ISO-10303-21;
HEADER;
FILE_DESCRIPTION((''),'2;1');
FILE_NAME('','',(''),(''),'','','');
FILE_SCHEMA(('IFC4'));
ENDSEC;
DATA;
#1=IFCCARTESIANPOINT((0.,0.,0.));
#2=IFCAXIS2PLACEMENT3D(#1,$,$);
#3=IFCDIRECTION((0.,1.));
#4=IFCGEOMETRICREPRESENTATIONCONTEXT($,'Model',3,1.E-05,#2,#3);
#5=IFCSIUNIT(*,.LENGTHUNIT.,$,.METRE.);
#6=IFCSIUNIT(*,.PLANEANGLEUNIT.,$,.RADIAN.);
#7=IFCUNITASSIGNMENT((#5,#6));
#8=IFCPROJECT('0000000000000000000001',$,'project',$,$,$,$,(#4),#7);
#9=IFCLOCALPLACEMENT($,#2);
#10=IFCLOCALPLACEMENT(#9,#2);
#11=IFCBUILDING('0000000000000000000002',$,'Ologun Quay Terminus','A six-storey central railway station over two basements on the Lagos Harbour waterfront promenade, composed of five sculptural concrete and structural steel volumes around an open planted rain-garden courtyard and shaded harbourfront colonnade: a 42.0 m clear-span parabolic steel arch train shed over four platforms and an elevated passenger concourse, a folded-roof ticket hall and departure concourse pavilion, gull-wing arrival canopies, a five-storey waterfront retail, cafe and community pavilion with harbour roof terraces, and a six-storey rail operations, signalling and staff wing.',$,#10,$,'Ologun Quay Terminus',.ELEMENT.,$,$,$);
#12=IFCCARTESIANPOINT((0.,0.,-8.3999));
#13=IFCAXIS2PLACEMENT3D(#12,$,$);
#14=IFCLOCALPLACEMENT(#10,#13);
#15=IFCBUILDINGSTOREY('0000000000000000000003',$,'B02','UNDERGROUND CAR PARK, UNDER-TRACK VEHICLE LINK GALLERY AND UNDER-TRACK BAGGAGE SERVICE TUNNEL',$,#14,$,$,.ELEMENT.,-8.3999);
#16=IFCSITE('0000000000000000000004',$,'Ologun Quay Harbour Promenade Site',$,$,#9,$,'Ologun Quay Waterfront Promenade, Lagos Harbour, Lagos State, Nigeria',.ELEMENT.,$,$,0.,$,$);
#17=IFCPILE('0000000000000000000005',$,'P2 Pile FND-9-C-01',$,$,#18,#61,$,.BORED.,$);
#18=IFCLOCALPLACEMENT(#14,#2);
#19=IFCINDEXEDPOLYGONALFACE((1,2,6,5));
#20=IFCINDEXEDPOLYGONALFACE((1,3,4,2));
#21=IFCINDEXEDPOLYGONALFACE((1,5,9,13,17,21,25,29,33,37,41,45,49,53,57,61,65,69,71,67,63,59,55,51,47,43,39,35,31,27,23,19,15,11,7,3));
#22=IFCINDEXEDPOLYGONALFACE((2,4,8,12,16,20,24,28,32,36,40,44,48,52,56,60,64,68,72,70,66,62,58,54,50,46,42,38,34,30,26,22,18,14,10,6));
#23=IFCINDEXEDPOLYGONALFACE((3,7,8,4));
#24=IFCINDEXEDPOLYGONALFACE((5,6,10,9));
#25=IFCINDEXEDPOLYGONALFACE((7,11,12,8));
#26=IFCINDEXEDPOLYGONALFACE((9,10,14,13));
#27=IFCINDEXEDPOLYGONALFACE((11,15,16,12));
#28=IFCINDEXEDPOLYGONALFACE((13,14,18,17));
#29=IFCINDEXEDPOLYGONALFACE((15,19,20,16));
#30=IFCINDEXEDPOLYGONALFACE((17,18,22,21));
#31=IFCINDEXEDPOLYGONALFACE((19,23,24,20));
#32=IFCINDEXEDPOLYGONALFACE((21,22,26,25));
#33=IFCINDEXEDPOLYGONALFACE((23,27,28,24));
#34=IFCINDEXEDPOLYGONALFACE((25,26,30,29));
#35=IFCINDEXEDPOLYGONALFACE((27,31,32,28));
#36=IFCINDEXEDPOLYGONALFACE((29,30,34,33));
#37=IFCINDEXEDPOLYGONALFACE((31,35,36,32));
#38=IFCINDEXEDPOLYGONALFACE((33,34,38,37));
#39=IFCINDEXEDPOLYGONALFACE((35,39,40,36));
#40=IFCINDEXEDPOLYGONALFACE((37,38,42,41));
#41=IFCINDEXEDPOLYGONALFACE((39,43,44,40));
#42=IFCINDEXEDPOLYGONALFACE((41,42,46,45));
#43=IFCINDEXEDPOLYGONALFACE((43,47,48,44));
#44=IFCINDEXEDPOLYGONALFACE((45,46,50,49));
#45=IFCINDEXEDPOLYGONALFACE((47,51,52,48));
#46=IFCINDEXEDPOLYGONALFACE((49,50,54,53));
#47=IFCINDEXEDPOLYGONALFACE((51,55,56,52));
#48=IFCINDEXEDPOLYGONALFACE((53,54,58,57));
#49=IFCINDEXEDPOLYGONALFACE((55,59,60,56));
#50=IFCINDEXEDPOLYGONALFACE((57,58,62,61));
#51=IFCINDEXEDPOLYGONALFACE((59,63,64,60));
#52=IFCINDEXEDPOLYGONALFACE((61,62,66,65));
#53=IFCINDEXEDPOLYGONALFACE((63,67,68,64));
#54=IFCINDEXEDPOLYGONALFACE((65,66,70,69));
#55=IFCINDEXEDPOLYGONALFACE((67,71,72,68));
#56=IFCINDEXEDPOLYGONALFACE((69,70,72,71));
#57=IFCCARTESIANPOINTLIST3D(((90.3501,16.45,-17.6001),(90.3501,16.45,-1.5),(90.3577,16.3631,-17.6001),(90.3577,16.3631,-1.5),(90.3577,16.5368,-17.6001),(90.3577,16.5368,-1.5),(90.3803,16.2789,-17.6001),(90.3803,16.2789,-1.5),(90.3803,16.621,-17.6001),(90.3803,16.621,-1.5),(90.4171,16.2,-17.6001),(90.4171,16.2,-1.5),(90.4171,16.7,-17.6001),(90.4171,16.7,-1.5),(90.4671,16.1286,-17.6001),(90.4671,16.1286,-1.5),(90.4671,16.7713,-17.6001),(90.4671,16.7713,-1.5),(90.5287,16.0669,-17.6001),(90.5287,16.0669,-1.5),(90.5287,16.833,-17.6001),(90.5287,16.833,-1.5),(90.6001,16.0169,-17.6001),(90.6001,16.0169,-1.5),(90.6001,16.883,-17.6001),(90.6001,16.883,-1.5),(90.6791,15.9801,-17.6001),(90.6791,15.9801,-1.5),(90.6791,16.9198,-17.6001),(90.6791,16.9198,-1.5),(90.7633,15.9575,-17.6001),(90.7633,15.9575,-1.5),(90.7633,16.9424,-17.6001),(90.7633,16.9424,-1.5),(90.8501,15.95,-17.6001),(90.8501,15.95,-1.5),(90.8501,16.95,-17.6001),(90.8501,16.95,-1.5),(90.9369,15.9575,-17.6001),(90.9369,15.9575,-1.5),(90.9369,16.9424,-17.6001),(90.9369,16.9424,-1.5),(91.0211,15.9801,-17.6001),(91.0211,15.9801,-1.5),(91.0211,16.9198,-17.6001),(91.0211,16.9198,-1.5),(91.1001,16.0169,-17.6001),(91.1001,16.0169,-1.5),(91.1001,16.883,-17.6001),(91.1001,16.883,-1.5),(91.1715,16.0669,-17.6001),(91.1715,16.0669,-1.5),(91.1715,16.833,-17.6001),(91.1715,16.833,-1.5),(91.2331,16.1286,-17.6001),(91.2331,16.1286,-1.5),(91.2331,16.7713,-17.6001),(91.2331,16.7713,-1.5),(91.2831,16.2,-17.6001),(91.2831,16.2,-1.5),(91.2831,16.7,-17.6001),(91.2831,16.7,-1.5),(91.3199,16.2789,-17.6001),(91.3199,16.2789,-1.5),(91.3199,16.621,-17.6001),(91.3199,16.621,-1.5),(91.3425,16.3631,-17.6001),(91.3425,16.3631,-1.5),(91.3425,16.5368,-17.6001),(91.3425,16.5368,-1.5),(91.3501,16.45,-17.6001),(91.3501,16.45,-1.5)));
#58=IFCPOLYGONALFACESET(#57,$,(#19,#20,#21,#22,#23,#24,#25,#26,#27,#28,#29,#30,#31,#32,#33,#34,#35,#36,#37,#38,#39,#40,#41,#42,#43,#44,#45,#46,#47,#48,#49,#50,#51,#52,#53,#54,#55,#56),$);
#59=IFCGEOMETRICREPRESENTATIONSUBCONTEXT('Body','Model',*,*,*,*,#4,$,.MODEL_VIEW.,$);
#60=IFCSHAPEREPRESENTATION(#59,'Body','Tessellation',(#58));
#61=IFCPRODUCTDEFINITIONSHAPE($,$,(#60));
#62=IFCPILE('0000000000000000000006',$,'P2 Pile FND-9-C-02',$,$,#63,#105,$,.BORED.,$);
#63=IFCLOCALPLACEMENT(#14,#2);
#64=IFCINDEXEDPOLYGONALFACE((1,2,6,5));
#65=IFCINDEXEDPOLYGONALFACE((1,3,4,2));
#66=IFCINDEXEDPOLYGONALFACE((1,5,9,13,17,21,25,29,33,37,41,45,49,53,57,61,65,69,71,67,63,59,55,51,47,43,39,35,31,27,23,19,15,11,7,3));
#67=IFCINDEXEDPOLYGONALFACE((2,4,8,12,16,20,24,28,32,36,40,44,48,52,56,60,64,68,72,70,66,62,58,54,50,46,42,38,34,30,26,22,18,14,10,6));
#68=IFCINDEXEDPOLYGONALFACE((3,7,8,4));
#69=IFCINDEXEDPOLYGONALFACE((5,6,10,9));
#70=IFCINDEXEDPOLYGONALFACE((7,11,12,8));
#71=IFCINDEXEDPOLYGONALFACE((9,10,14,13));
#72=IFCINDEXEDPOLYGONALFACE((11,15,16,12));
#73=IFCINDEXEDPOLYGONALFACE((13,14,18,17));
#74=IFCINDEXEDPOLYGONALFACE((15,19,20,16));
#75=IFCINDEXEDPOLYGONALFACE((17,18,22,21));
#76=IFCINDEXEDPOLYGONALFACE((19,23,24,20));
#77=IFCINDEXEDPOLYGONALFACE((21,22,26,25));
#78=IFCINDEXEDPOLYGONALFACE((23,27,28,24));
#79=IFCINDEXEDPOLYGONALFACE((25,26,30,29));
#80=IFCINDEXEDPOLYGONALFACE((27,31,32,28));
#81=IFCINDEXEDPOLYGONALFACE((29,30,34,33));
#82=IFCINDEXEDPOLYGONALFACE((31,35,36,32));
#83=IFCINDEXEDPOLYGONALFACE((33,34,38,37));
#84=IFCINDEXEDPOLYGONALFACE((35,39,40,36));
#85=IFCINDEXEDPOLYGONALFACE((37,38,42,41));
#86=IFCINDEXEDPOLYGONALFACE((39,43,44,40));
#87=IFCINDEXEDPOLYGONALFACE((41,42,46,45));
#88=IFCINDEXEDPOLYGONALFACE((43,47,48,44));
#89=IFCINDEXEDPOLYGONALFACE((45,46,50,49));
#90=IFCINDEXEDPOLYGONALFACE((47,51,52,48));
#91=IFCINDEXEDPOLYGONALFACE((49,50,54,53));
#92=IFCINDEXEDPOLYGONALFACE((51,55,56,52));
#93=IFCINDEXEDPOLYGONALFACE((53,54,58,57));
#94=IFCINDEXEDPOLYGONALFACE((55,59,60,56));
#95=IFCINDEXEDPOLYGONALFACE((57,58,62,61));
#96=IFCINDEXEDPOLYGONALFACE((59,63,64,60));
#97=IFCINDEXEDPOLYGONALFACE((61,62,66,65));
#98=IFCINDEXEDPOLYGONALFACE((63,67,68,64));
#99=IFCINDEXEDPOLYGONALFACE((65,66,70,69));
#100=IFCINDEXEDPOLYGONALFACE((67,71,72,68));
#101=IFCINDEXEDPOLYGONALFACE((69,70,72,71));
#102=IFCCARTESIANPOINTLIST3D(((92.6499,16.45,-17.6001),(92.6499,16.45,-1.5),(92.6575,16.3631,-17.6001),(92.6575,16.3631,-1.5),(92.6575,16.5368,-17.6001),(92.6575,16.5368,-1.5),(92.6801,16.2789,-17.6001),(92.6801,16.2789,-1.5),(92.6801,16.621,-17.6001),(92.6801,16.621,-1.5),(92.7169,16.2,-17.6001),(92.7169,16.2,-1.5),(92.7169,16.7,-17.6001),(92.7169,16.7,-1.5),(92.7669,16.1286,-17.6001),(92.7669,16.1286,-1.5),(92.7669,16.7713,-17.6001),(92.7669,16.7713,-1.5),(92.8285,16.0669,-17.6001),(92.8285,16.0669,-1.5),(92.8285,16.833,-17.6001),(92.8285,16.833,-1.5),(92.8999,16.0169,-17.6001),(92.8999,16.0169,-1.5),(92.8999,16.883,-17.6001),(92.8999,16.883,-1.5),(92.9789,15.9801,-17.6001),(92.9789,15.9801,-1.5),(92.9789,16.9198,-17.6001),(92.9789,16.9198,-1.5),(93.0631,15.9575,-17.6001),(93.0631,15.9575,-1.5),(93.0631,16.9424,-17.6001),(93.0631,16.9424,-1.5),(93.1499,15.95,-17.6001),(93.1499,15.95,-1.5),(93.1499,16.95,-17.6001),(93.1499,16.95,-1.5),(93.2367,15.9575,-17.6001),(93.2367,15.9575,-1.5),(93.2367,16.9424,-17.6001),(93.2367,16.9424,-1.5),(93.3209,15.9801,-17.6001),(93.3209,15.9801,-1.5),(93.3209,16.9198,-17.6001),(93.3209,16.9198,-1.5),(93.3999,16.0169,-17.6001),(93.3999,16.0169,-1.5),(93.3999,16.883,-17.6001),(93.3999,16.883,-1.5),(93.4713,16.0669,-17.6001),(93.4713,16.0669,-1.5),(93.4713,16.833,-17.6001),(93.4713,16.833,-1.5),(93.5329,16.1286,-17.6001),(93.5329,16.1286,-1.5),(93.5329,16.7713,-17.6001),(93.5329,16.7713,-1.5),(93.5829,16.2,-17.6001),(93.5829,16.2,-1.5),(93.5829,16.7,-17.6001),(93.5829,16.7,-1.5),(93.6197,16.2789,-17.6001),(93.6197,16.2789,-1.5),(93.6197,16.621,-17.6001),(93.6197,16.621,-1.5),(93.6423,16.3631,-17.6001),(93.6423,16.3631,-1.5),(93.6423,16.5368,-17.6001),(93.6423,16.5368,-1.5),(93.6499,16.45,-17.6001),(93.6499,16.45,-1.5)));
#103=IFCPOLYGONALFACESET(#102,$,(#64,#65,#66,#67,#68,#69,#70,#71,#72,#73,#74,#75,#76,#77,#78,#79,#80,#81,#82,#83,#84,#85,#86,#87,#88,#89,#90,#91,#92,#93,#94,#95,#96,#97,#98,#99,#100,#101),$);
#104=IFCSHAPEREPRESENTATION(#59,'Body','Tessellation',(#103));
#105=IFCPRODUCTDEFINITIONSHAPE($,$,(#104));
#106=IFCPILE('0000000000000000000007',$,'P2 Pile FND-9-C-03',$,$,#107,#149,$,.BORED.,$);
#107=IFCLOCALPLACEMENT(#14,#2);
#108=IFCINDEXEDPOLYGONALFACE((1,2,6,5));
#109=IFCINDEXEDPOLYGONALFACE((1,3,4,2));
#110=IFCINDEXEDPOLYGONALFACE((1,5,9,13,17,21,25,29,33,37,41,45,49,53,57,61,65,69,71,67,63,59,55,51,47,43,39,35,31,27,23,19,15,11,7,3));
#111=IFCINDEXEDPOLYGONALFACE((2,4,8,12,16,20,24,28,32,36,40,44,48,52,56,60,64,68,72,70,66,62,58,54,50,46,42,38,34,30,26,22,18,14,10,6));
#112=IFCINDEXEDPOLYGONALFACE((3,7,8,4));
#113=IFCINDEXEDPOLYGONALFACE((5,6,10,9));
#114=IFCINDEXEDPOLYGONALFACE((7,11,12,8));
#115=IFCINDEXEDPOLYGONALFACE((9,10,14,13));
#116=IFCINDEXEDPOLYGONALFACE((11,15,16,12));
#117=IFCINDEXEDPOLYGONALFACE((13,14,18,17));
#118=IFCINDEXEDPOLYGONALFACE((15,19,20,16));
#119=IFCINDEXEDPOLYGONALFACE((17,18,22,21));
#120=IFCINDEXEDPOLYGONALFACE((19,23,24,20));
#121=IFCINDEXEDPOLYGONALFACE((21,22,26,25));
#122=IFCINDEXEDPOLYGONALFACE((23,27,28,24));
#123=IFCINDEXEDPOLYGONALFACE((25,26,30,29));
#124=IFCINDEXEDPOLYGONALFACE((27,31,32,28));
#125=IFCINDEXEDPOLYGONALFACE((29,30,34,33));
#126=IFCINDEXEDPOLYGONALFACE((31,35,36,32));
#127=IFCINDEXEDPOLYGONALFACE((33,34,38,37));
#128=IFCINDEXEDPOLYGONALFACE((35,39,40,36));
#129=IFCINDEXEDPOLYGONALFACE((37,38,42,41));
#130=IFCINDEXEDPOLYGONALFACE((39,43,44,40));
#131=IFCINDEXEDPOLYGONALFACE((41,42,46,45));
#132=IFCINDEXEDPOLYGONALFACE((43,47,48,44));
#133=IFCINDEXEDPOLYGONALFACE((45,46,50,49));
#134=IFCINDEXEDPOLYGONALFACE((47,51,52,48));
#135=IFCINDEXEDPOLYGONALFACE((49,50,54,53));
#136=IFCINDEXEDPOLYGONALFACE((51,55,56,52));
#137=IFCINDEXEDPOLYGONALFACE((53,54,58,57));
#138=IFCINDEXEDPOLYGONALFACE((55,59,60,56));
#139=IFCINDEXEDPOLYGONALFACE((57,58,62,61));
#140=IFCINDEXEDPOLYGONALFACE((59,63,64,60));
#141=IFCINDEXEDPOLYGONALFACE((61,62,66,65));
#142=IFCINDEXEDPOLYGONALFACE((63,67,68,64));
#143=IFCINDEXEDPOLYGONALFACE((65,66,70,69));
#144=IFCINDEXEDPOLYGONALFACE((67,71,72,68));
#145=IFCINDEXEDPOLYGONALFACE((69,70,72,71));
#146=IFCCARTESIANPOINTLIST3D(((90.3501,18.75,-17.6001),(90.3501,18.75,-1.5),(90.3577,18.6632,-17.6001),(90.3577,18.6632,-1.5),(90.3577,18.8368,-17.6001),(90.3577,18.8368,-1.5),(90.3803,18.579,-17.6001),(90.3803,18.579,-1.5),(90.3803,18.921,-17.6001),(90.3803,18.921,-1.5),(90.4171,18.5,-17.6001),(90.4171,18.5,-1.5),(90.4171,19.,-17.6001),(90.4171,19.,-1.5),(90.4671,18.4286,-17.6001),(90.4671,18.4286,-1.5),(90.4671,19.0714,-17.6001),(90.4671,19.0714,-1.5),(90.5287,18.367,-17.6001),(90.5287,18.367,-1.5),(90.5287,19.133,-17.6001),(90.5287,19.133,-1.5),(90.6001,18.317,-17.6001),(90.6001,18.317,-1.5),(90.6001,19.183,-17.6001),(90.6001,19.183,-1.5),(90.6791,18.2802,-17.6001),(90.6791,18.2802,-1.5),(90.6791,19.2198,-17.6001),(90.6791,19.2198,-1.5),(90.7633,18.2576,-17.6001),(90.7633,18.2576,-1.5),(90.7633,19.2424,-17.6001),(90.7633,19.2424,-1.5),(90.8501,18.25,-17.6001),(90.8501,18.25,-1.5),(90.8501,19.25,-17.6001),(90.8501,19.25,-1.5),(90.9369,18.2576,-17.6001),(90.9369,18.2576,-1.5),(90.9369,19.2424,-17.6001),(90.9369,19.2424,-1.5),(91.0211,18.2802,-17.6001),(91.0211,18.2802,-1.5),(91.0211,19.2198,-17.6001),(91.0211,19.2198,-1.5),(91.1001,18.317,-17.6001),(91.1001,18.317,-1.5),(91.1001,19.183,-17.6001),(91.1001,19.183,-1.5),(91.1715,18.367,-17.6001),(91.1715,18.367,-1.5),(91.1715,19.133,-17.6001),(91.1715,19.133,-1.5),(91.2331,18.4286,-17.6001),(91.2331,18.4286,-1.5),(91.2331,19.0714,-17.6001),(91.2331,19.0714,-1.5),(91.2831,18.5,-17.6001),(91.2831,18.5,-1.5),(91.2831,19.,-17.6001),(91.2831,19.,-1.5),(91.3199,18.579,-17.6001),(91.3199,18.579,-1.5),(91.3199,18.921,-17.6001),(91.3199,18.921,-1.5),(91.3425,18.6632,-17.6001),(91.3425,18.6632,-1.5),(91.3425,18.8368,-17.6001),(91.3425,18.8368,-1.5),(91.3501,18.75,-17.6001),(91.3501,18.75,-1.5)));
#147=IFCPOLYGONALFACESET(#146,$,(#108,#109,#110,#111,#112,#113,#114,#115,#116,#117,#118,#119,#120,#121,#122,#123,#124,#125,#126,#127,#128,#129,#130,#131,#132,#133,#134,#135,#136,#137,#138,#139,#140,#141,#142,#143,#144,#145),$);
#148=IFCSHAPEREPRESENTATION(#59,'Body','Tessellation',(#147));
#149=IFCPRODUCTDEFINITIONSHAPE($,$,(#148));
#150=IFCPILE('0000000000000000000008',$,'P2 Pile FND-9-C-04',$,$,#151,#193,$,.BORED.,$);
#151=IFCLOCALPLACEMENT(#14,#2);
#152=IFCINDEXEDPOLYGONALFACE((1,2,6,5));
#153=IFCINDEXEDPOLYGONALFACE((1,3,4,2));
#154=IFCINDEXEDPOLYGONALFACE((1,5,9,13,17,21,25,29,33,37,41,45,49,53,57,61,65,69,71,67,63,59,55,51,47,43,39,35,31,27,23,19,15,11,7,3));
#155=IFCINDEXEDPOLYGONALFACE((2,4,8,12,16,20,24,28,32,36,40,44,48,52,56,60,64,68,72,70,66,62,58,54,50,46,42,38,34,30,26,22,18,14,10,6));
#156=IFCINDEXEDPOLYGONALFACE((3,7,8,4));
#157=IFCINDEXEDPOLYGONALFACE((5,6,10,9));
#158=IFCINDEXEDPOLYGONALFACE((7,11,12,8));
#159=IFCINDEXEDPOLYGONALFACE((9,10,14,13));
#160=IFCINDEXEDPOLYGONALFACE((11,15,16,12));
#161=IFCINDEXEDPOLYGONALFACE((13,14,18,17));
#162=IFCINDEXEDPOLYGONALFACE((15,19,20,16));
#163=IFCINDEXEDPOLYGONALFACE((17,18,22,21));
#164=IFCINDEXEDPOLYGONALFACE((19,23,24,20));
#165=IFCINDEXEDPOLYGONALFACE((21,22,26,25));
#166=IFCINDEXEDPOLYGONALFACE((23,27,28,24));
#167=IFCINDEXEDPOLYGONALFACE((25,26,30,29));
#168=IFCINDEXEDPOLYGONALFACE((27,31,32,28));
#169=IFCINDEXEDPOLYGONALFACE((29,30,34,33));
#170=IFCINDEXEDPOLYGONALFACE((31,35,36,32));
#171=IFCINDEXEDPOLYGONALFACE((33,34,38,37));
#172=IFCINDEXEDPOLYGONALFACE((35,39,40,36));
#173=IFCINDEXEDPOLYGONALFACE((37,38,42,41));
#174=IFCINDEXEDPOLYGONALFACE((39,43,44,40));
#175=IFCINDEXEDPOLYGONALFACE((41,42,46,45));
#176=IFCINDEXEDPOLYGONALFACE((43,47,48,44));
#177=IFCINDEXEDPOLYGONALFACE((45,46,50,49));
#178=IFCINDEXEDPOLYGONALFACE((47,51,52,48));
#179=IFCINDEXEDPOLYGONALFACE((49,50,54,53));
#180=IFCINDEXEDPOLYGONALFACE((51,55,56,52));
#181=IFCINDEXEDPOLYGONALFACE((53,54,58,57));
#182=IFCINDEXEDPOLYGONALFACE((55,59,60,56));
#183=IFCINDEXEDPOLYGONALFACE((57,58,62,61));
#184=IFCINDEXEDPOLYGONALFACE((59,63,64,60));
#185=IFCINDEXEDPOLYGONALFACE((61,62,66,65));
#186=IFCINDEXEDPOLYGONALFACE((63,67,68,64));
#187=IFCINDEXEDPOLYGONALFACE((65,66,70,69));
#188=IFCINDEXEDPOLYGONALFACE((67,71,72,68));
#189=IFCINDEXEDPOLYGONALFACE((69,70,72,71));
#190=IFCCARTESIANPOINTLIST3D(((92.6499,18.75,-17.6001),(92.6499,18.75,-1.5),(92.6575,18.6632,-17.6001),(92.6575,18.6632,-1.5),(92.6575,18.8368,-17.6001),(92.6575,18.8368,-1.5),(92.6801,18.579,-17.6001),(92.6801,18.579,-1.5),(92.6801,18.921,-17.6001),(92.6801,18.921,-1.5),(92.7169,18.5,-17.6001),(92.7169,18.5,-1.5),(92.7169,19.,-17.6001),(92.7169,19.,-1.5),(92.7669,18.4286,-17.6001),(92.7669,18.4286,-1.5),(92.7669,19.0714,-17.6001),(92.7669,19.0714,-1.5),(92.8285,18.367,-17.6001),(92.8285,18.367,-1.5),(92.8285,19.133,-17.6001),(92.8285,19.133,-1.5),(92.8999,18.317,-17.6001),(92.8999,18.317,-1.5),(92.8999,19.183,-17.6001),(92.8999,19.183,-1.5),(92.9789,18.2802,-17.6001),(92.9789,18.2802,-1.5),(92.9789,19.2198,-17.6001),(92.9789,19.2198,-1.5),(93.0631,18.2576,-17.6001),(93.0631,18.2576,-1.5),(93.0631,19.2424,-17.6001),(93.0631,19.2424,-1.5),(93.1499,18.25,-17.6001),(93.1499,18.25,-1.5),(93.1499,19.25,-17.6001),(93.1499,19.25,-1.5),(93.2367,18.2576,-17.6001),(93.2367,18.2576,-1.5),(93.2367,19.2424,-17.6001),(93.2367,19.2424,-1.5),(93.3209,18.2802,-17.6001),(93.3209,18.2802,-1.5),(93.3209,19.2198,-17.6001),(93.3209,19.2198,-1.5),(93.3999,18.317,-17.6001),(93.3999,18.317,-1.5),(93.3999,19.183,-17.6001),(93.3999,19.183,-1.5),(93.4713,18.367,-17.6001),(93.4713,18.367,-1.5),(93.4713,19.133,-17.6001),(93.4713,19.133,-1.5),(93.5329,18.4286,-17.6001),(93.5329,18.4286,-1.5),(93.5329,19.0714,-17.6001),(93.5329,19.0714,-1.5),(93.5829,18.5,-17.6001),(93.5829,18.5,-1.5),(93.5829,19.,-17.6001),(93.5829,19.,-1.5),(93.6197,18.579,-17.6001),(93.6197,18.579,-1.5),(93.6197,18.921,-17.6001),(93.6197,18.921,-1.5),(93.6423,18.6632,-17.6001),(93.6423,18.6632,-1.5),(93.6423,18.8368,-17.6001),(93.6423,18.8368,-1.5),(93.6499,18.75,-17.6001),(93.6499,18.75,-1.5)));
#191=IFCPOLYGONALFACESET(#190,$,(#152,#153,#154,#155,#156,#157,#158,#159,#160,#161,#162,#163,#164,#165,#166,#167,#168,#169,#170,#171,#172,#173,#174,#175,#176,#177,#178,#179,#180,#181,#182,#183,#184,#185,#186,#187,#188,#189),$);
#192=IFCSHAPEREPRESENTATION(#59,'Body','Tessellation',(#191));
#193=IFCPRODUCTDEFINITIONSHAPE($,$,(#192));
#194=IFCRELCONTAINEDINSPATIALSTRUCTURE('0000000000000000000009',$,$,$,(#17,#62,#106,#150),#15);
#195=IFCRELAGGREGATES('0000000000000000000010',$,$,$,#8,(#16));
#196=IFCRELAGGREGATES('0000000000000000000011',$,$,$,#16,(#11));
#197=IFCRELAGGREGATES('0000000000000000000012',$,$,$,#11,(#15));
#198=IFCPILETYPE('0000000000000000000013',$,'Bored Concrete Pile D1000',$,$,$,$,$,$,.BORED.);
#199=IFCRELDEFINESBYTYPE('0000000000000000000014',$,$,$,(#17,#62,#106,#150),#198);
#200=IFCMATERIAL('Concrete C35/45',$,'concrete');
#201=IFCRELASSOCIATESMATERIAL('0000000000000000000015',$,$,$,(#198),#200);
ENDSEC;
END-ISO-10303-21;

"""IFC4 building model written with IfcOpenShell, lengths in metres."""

from ifc_helpers import new_model, si_unit, direction, frame, origin, origin_2d, place, context, subcontext, project, spatial, circle, extrude, material, material_profile, profile_set, type_object, element, save


model = new_model("IFC4")

# Units and contexts
model_context = context("Model", 3, precision=1e-05, world=origin(), true_north=direction((0.0, 1.0)))
body_context = subcontext(model_context, "Body", "Model", "MODEL_VIEW")
ifc_project = project(units=[si_unit("LENGTHUNIT", "METRE"), si_unit("PLANEANGLEUNIT", "RADIAN")], contexts=[model_context])

# Site, building, storey
site_placement = place(None, origin())
site = spatial("IfcSite", under=ifc_project, at=site_placement, Name="Ologun Quay Harbour Promenade Site", LongName="Ologun Quay Waterfront Promenade, Lagos Harbour, Lagos State, Nigeria", CompositionType="ELEMENT", RefElevation=0.0)
building_placement = place(site_placement, origin())
building = spatial("IfcBuilding", under=site, at=building_placement, Name="Ologun Quay Terminus", Description="A six-storey central railway station over two basements on the Lagos Harbour waterfront promenade, composed of five sculptural concrete and structural steel volumes around an open planted rain-garden courtyard and shaded harbourfront colonnade: a 42.0 m clear-span parabolic steel arch train shed over four platforms and an elevated passenger concourse, a folded-roof ticket hall and departure concourse pavilion, gull-wing arrival canopies, a five-storey waterfront retail, cafe and community pavilion with harbour roof terraces, and a six-storey rail operations, signalling and staff wing.", LongName="Ologun Quay Terminus", CompositionType="ELEMENT")
storey_placement = place(building_placement, frame((0.0, 0.0, -8.3999)))
storey = spatial("IfcBuildingStorey", under=building, at=storey_placement, Name="B02", Description="UNDERGROUND CAR PARK, UNDER-TRACK VEHICLE LINK GALLERY AND UNDER-TRACK BAGGAGE SERVICE TUNNEL", CompositionType="ELEMENT", Elevation=-8.3999)

# Piles
ifc_material_1 = material(Name="Concrete C35/45", Category="concrete")
ifc_material_profile_1 = material_profile(ifc_material_1, circle(Radius=0.5, at=origin_2d()), Name="PILE D1000")
ifc_profile_set_1 = profile_set([ifc_material_profile_1], Name="Concrete C35/45")
pile_type = type_object("IfcPileType", Name="Bored Concrete Pile D1000", PredefinedType="BORED", material=ifc_profile_set_1)
for number, where, z_axis, x_axis, name in (
    (1, (90.8501, 16.45, -1.5), (0.0, 0.0, -1.0), (1.0, 0.0, 0.0), "P2 Pile FND-9-C-01"),
    (2, (93.1499, 16.45, -1.5), (0.0, 0.0, -1.0), (1.0, 0.0, 0.0), "P2 Pile FND-9-C-02"),
    (3, (90.8501, 18.75, -1.5), (0.0, 0.0, -1.0), (1.0, 0.0, 0.0), "P2 Pile FND-9-C-03"),
    (4, (93.1499, 18.75, -1.5), (0.0, 0.0, -1.0), (1.0, 0.0, 0.0), "P2 Pile FND-9-C-04"),
):
    element("IfcPile", number, at=place(storey_placement, frame(where, z_axis=z_axis, x_axis=x_axis)), inside=storey, type_object=pile_type, Name=name, PredefinedType="BORED", context=body_context, shape_type="SweptSolid", body=[
        extrude(circle(Radius=0.5, at=origin_2d()), origin(), (0.0, 0.0, 1.0), 16.1001),
    ])

save(model, "model.ifc")
